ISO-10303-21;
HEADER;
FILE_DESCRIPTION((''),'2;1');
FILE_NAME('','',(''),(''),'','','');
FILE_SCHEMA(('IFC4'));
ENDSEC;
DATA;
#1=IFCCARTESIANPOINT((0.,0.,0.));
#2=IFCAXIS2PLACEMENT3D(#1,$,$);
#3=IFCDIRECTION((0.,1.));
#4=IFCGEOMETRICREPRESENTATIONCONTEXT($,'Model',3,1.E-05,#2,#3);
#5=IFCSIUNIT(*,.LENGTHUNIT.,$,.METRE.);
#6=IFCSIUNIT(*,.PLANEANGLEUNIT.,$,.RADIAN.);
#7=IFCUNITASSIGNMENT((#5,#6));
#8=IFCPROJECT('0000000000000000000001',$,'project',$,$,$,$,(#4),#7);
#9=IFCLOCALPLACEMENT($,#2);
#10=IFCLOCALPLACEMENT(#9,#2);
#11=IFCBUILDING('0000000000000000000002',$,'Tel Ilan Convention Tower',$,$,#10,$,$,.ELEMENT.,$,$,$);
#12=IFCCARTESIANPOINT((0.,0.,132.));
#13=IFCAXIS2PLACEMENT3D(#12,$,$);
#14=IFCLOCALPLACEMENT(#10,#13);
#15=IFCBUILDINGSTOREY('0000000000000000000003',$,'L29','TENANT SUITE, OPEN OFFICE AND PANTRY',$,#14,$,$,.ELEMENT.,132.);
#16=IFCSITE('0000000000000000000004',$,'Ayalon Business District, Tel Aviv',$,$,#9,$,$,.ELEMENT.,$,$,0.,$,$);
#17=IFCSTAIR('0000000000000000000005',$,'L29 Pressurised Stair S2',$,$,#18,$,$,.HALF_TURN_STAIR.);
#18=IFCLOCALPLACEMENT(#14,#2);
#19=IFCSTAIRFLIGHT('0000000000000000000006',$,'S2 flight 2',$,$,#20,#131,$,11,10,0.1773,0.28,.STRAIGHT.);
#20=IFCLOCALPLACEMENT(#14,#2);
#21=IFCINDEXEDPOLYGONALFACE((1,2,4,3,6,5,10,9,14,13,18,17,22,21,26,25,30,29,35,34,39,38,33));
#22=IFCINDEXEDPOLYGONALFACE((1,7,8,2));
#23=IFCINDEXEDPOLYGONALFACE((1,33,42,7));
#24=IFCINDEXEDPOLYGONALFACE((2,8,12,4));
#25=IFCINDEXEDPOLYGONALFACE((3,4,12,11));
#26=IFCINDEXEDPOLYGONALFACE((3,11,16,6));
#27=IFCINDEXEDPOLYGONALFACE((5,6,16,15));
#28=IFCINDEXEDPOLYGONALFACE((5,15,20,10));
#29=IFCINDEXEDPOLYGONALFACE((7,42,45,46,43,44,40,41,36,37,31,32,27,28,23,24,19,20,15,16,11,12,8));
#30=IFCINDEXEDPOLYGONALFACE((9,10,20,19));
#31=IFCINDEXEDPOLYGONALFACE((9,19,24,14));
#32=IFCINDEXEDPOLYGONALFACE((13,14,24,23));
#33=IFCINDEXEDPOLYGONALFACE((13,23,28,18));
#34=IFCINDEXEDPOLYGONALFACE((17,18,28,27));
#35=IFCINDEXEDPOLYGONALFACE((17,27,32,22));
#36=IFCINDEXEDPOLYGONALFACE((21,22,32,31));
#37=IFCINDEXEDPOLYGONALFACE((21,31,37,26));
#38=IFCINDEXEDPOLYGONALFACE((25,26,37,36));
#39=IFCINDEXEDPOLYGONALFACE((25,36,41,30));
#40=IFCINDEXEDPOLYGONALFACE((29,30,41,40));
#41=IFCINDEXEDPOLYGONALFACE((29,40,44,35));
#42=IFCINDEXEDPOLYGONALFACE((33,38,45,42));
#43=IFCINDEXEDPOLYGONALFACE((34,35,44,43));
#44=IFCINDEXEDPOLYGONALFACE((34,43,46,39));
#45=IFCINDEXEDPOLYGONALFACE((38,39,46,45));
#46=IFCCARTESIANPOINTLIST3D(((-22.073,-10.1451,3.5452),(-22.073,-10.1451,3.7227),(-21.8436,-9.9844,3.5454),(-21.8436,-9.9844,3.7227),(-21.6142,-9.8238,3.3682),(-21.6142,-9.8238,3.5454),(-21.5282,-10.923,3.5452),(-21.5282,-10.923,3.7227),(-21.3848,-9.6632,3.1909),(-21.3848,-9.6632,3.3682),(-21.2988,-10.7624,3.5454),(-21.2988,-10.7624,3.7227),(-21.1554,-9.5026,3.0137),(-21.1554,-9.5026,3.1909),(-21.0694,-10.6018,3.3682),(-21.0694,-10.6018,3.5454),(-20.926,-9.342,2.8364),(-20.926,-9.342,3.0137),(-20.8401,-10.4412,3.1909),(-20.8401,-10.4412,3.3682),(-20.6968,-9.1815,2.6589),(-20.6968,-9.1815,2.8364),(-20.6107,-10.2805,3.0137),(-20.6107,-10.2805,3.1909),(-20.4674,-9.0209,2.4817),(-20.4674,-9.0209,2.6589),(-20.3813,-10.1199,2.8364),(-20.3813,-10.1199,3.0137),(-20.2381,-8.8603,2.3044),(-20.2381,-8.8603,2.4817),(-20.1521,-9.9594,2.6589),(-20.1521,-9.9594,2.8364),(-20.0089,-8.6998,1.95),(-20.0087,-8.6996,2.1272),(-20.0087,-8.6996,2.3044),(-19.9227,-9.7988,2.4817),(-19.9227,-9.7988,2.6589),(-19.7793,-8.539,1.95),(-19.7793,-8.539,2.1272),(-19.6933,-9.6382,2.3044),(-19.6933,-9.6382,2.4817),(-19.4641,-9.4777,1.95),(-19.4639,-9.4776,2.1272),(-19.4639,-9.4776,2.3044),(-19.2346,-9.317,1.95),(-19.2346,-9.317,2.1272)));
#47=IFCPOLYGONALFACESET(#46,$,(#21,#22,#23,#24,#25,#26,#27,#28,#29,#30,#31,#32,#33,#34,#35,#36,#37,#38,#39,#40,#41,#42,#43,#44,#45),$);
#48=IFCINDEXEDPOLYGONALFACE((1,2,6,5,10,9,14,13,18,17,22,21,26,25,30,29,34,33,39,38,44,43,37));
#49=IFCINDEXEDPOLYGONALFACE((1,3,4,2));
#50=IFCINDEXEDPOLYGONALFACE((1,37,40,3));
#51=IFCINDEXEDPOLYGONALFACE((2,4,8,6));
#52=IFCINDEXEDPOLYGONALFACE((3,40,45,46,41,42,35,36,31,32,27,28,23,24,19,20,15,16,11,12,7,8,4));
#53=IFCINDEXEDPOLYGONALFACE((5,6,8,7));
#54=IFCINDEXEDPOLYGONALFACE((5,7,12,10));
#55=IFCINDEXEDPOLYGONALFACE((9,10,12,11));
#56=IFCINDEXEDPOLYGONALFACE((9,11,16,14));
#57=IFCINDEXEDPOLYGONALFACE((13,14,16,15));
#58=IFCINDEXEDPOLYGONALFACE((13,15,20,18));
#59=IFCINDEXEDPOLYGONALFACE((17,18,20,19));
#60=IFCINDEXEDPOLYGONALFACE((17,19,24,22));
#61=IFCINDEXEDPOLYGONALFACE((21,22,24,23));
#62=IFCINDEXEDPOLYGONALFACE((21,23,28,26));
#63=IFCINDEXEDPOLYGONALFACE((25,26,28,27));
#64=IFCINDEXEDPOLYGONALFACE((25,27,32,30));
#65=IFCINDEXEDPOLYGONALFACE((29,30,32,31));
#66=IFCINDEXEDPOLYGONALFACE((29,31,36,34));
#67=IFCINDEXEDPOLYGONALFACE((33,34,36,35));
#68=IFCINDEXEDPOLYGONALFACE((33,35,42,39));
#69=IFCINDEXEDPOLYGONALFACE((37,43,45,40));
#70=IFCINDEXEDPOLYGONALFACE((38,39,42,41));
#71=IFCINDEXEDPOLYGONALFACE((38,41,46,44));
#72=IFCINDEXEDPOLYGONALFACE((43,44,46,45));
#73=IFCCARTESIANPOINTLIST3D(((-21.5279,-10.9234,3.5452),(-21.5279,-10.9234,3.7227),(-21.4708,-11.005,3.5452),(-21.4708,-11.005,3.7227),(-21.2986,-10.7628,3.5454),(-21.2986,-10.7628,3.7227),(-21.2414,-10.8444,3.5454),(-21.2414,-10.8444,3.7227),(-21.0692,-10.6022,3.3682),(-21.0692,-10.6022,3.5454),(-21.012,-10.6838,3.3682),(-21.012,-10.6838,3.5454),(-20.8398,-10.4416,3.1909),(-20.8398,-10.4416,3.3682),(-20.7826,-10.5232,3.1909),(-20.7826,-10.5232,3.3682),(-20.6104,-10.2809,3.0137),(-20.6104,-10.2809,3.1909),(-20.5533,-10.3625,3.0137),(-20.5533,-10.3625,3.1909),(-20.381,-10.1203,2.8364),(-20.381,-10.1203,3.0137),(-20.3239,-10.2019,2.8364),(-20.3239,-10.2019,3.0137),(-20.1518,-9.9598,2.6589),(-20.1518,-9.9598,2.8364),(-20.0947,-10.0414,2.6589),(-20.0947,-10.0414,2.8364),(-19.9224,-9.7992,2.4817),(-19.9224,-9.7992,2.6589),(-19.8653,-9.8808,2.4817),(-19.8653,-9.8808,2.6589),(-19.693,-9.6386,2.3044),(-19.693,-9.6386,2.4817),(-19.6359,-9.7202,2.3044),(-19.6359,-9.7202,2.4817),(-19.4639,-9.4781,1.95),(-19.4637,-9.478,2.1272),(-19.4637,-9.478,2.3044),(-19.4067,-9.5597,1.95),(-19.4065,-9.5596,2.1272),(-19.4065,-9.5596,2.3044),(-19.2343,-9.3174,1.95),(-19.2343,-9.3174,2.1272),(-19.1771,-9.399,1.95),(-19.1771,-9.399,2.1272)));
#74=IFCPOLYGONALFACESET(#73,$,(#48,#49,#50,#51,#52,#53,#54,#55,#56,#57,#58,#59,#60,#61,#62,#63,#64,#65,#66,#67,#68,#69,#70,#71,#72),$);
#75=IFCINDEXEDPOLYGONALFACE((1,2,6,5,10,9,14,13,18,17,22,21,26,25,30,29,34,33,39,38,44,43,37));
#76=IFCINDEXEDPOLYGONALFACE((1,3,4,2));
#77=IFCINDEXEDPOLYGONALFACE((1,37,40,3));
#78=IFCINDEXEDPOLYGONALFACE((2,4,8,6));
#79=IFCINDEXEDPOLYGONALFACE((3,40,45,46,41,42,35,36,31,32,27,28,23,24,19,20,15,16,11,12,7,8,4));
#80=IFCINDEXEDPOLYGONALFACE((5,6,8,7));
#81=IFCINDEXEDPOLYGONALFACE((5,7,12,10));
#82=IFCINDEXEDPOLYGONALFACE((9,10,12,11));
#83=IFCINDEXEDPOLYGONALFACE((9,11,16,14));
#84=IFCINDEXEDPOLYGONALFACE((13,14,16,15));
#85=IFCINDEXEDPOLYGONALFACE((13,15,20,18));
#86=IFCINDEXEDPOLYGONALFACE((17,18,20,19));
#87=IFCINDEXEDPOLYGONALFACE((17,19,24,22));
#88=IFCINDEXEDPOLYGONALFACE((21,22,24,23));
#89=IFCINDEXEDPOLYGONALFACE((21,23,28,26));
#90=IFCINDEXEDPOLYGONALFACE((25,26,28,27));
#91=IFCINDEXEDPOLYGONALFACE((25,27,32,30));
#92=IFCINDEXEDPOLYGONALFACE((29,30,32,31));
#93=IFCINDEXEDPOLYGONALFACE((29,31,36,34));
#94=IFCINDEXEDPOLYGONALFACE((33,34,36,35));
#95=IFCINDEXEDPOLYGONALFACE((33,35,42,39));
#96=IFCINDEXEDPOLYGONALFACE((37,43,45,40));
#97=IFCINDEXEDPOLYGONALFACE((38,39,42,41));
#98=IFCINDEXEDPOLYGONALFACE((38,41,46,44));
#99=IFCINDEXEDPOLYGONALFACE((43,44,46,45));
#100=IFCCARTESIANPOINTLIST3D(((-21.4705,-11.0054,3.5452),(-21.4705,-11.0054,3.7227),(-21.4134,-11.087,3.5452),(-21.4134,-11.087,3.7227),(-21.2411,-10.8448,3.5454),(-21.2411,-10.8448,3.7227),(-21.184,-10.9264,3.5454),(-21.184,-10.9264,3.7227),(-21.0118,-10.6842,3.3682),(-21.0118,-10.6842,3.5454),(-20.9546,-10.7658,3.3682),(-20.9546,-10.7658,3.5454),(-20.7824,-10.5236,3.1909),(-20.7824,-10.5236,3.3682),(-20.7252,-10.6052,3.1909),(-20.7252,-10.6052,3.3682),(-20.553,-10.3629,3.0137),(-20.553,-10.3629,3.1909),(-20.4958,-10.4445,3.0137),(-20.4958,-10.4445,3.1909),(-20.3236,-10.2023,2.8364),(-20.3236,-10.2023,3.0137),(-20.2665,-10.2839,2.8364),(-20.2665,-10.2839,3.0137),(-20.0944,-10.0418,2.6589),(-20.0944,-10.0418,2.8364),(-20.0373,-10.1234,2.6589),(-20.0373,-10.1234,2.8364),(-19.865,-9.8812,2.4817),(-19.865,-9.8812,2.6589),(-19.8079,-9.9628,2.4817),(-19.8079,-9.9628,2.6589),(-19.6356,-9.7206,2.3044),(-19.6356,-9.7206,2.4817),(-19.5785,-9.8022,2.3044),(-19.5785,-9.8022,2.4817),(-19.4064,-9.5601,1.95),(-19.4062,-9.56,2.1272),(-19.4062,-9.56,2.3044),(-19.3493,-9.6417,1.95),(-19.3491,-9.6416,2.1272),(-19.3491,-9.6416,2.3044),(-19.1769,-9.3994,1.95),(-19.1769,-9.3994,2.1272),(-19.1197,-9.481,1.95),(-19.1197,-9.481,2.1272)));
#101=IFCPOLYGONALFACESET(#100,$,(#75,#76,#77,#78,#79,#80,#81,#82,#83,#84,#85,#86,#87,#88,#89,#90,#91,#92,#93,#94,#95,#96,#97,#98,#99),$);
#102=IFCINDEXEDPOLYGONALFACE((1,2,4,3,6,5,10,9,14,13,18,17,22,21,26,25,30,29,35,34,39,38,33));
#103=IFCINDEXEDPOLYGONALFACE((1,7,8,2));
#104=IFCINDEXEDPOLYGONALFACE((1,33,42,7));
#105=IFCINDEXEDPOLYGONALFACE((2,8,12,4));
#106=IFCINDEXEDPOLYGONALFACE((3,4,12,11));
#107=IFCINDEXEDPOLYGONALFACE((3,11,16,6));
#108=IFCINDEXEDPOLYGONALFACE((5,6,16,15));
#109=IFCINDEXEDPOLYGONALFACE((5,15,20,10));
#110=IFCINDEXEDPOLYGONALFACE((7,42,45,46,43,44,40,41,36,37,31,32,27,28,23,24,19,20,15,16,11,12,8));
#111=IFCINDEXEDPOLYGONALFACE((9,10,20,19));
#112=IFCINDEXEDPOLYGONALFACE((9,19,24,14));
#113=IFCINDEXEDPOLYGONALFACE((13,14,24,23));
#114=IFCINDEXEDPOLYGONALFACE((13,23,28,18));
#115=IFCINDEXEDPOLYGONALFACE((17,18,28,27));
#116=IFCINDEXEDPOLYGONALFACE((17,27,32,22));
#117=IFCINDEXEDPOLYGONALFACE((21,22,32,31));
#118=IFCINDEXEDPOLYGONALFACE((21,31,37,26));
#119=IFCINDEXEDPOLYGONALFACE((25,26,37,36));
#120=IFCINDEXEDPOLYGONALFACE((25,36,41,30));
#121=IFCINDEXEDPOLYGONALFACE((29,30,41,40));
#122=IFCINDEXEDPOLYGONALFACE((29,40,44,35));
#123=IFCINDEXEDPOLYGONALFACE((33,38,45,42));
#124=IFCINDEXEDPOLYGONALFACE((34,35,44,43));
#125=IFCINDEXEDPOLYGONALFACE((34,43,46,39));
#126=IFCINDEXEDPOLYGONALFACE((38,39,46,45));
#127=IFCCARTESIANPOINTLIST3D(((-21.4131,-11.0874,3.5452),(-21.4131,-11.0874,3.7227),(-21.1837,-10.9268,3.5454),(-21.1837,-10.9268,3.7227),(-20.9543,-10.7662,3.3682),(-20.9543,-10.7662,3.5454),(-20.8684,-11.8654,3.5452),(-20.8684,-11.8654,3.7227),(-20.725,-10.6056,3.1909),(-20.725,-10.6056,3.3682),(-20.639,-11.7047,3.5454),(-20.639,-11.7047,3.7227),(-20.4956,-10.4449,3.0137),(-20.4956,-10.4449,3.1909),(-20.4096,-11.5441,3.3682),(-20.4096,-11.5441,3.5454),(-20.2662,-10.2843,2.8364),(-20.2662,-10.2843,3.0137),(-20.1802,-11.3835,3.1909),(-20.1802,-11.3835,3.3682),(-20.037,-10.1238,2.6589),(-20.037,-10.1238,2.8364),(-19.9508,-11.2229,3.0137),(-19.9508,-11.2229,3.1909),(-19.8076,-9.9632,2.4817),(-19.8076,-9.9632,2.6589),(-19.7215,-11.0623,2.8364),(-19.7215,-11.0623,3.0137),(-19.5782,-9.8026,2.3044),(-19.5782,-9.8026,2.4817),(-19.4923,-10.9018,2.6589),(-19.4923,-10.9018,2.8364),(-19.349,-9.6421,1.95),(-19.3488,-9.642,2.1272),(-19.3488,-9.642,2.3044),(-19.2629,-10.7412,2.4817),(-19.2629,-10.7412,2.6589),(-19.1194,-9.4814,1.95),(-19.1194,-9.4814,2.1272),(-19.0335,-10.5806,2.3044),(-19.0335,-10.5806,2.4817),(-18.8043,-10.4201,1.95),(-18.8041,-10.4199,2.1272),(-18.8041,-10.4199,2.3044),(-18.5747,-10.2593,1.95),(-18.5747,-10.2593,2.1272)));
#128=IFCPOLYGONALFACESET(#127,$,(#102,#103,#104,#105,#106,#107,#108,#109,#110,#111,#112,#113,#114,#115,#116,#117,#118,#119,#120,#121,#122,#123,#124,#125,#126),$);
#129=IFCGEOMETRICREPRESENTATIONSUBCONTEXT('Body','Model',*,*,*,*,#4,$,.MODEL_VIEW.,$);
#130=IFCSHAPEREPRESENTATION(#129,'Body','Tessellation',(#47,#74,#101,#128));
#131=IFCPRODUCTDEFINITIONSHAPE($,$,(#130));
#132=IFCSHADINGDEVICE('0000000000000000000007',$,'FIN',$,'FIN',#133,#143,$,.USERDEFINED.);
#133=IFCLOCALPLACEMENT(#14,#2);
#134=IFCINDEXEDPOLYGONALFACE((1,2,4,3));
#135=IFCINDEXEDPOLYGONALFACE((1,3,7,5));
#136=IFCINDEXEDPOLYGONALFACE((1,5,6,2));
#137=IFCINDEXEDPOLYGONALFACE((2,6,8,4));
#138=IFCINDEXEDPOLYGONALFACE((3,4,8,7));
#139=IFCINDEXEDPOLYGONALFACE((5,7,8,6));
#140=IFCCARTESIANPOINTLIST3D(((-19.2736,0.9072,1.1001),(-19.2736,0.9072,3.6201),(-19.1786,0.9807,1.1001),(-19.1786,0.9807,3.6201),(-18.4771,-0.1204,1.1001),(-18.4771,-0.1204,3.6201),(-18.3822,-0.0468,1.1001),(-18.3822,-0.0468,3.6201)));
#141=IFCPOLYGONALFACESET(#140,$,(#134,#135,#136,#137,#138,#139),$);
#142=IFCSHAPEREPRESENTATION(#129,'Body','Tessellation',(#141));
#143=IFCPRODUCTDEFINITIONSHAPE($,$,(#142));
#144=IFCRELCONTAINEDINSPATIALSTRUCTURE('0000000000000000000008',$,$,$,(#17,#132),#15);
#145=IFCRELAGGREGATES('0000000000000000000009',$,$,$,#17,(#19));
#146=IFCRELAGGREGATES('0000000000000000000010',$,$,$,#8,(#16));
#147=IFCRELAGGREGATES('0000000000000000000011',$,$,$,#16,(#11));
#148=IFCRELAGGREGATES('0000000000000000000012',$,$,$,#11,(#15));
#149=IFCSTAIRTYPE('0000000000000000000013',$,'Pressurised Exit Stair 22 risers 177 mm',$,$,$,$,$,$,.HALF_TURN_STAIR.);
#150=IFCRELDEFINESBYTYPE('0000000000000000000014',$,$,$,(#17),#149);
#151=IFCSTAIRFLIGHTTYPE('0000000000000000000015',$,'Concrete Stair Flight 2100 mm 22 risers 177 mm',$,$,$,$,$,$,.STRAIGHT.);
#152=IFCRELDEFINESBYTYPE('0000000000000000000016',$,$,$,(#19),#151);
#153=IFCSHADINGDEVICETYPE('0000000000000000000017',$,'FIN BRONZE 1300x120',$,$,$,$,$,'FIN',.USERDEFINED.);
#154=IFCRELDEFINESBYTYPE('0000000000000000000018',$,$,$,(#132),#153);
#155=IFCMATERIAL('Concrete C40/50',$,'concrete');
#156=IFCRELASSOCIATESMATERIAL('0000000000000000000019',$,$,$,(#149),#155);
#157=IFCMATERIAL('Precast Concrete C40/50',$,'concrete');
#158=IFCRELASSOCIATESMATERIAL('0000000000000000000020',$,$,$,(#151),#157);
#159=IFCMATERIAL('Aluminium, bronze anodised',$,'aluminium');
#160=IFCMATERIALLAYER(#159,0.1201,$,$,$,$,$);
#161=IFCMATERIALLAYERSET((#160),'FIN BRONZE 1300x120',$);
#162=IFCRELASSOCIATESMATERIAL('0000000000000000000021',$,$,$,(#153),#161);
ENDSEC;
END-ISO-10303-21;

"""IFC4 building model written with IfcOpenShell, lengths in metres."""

from ifc_helpers import new_model, si_unit, direction, frame, origin, origin_2d, place, context, subcontext, project, spatial, polyline, rectangle, outline, extrude, material, layer, layer_set, type_object, element, aggregate, save


model = new_model("IFC4")

# Units and contexts
model_context = context("Model", 3, precision=1e-05, world=origin(), true_north=direction((0.0, 1.0)))
body_context = subcontext(model_context, "Body", "Model", "MODEL_VIEW")
ifc_project = project(units=[si_unit("LENGTHUNIT", "METRE"), si_unit("PLANEANGLEUNIT", "RADIAN")], contexts=[model_context])

# Site, building, storey
site_placement = place(None, origin())
site = spatial("IfcSite", under=ifc_project, at=site_placement, Name="Ayalon Business District, Tel Aviv", CompositionType="ELEMENT", RefElevation=0.0)
building_placement = place(site_placement, origin())
building = spatial("IfcBuilding", under=site, at=building_placement, Name="Tel Ilan Convention Tower", CompositionType="ELEMENT")
storey_placement = place(building_placement, frame((0.0, 0.0, 132.0)))
storey = spatial("IfcBuildingStorey", under=building, at=storey_placement, Name="L29", Description="TENANT SUITE, OPEN OFFICE AND PANTRY", CompositionType="ELEMENT", Elevation=132.0)

# Stair, stair flight
ifc_material_1 = material(Name="Concrete C40/50", Category="concrete")
stair_type = type_object("IfcStairType", Name="Pressurised Exit Stair 22 risers 177 mm", PredefinedType="HALF_TURN_STAIR", material=ifc_material_1)
ifc_material_2 = material(Name="Precast Concrete C40/50", Category="concrete")
stair_flight_type = type_object("IfcStairFlightType", Name="Concrete Stair Flight 2100 mm 22 risers 177 mm", PredefinedType="STRAIGHT", material=ifc_material_2)
stair_1_placement = place(storey_placement, origin())
stair_1 = element("IfcStair", 1, at=stair_1_placement, inside=storey, type_object=stair_type, Name="L29 Pressurised Stair S2", PredefinedType="HALF_TURN_STAIR")
stair_flight_1_placement = place(storey_placement, frame((-19.177, -9.3992, 1.95), z_axis=(0.0, 0.0, 1.0), x_axis=(-0.819152, -0.573576, 0.0)))
stair_flight_1 = element("IfcStairFlight", 2, at=stair_flight_1_placement, type_object=stair_flight_type, Name="S2 flight 2", NumberOfRisers=11, NumberOfTreads=10, PredefinedType="STRAIGHT", RiserHeight=0.1773, TreadLength=0.28, context=body_context, shape_type="SweptSolid", body=[
    extrude(outline(polyline([(0.0, 0.0), (0.0, 0.1772), (0.28, 0.1772), (0.28, 0.3545), (0.5601, 0.3545), (0.5601, 0.5317), (0.8401, 0.5317), (0.8401, 0.709), (1.1201, 0.709), (1.1201, 0.8865), (1.3999, 0.8865), (1.3999, 1.0637), (1.6799, 1.0637), (1.6799, 1.241), (1.96, 1.241), (1.96, 1.4182), (2.24, 1.4182), (2.24, 1.5955), (2.52, 1.5955), (2.52, 1.7727), (2.8, 1.7727), (2.8, 1.95), (2.8, 1.5952), (0.2803, 0.0), (0.0, 0.0)])), frame((0.0, -0.1003, 0.0), z_axis=(0.0, -1.0, 0.0), x_axis=(1.0, 0.0, 0.0)), (0.0, 0.0, 1.0), 0.9497),
    extrude(outline(polyline([(0.0, 0.0), (0.0, 0.1772), (0.28, 0.1772), (0.28, 0.3545), (0.5601, 0.3545), (0.5601, 0.5317), (0.8401, 0.5317), (0.8401, 0.709), (1.1201, 0.709), (1.1201, 0.8865), (1.3999, 0.8865), (1.3999, 1.0637), (1.6799, 1.0637), (1.6799, 1.241), (1.96, 1.241), (1.96, 1.4182), (2.24, 1.4182), (2.24, 1.5955), (2.52, 1.5955), (2.52, 1.7727), (2.8, 1.7727), (2.8, 1.95), (2.8, 1.5952), (0.2803, 0.0), (0.0, 0.0)])), frame((0.0, -0.0002, 0.0), z_axis=(0.0, -1.0, 0.0), x_axis=(1.0, 0.0, 0.0)), (0.0, 0.0, 1.0), 0.0996),
    extrude(outline(polyline([(0.0, 0.0), (0.0, 0.1772), (0.28, 0.1772), (0.28, 0.3545), (0.5601, 0.3545), (0.5601, 0.5317), (0.8401, 0.5317), (0.8401, 0.709), (1.1201, 0.709), (1.1201, 0.8865), (1.3999, 0.8865), (1.3999, 1.0637), (1.6799, 1.0637), (1.6799, 1.241), (1.96, 1.241), (1.96, 1.4182), (2.24, 1.4182), (2.24, 1.5955), (2.52, 1.5955), (2.52, 1.7727), (2.8, 1.7727), (2.8, 1.95), (2.8, 1.5952), (0.2803, 0.0), (0.0, 0.0)])), frame((0.0, 0.0999, 0.0), z_axis=(0.0, -1.0, 0.0), x_axis=(1.0, 0.0, 0.0)), (0.0, 0.0, 1.0), 0.0996),
    extrude(outline(polyline([(0.0, 0.0), (0.0, 0.1772), (0.28, 0.1772), (0.28, 0.3545), (0.5601, 0.3545), (0.5601, 0.5317), (0.8401, 0.5317), (0.8401, 0.709), (1.1201, 0.709), (1.1201, 0.8865), (1.3999, 0.8865), (1.3999, 1.0637), (1.6799, 1.0637), (1.6799, 1.241), (1.96, 1.241), (1.96, 1.4182), (2.24, 1.4182), (2.24, 1.5955), (2.52, 1.5955), (2.52, 1.7727), (2.8, 1.7727), (2.8, 1.95), (2.8, 1.5952), (0.2803, 0.0), (0.0, 0.0)])), frame((0.0, 1.05, 0.0), z_axis=(0.0, -1.0, 0.0), x_axis=(1.0, 0.0, 0.0)), (0.0, 0.0, 1.0), 0.9497),
])
aggregate(stair_1, [stair_flight_1])

# Shading device
ifc_material_3 = material(Name="Aluminium, bronze anodised", Category="aluminium")
ifc_layer_1 = layer(ifc_material_3, 0.1201)
ifc_layer_set_1 = layer_set([ifc_layer_1], Name="FIN BRONZE 1300x120")
shading_device_type = type_object("IfcShadingDeviceType", Name="FIN BRONZE 1300x120", ElementType="FIN", PredefinedType="USERDEFINED", material=ifc_layer_set_1)
shading_device_placement = place(storey_placement, frame((-18.8279, 0.4302, 1.1001), z_axis=(0.0, 0.0, 1.0), x_axis=(-0.612601, 0.790393, 0.0)))
element("IfcShadingDevice", 3, at=shading_device_placement, inside=storey, type_object=shading_device_type, Name="FIN", ObjectType="FIN", PredefinedType="USERDEFINED", context=body_context, shape_type="SweptSolid", body=[
    extrude(rectangle(XDim=1.3, YDim=0.1201, at=origin_2d()), origin(), (0.0, 0.0, 1.0), 2.52),
])

save(model, "model.ifc")
